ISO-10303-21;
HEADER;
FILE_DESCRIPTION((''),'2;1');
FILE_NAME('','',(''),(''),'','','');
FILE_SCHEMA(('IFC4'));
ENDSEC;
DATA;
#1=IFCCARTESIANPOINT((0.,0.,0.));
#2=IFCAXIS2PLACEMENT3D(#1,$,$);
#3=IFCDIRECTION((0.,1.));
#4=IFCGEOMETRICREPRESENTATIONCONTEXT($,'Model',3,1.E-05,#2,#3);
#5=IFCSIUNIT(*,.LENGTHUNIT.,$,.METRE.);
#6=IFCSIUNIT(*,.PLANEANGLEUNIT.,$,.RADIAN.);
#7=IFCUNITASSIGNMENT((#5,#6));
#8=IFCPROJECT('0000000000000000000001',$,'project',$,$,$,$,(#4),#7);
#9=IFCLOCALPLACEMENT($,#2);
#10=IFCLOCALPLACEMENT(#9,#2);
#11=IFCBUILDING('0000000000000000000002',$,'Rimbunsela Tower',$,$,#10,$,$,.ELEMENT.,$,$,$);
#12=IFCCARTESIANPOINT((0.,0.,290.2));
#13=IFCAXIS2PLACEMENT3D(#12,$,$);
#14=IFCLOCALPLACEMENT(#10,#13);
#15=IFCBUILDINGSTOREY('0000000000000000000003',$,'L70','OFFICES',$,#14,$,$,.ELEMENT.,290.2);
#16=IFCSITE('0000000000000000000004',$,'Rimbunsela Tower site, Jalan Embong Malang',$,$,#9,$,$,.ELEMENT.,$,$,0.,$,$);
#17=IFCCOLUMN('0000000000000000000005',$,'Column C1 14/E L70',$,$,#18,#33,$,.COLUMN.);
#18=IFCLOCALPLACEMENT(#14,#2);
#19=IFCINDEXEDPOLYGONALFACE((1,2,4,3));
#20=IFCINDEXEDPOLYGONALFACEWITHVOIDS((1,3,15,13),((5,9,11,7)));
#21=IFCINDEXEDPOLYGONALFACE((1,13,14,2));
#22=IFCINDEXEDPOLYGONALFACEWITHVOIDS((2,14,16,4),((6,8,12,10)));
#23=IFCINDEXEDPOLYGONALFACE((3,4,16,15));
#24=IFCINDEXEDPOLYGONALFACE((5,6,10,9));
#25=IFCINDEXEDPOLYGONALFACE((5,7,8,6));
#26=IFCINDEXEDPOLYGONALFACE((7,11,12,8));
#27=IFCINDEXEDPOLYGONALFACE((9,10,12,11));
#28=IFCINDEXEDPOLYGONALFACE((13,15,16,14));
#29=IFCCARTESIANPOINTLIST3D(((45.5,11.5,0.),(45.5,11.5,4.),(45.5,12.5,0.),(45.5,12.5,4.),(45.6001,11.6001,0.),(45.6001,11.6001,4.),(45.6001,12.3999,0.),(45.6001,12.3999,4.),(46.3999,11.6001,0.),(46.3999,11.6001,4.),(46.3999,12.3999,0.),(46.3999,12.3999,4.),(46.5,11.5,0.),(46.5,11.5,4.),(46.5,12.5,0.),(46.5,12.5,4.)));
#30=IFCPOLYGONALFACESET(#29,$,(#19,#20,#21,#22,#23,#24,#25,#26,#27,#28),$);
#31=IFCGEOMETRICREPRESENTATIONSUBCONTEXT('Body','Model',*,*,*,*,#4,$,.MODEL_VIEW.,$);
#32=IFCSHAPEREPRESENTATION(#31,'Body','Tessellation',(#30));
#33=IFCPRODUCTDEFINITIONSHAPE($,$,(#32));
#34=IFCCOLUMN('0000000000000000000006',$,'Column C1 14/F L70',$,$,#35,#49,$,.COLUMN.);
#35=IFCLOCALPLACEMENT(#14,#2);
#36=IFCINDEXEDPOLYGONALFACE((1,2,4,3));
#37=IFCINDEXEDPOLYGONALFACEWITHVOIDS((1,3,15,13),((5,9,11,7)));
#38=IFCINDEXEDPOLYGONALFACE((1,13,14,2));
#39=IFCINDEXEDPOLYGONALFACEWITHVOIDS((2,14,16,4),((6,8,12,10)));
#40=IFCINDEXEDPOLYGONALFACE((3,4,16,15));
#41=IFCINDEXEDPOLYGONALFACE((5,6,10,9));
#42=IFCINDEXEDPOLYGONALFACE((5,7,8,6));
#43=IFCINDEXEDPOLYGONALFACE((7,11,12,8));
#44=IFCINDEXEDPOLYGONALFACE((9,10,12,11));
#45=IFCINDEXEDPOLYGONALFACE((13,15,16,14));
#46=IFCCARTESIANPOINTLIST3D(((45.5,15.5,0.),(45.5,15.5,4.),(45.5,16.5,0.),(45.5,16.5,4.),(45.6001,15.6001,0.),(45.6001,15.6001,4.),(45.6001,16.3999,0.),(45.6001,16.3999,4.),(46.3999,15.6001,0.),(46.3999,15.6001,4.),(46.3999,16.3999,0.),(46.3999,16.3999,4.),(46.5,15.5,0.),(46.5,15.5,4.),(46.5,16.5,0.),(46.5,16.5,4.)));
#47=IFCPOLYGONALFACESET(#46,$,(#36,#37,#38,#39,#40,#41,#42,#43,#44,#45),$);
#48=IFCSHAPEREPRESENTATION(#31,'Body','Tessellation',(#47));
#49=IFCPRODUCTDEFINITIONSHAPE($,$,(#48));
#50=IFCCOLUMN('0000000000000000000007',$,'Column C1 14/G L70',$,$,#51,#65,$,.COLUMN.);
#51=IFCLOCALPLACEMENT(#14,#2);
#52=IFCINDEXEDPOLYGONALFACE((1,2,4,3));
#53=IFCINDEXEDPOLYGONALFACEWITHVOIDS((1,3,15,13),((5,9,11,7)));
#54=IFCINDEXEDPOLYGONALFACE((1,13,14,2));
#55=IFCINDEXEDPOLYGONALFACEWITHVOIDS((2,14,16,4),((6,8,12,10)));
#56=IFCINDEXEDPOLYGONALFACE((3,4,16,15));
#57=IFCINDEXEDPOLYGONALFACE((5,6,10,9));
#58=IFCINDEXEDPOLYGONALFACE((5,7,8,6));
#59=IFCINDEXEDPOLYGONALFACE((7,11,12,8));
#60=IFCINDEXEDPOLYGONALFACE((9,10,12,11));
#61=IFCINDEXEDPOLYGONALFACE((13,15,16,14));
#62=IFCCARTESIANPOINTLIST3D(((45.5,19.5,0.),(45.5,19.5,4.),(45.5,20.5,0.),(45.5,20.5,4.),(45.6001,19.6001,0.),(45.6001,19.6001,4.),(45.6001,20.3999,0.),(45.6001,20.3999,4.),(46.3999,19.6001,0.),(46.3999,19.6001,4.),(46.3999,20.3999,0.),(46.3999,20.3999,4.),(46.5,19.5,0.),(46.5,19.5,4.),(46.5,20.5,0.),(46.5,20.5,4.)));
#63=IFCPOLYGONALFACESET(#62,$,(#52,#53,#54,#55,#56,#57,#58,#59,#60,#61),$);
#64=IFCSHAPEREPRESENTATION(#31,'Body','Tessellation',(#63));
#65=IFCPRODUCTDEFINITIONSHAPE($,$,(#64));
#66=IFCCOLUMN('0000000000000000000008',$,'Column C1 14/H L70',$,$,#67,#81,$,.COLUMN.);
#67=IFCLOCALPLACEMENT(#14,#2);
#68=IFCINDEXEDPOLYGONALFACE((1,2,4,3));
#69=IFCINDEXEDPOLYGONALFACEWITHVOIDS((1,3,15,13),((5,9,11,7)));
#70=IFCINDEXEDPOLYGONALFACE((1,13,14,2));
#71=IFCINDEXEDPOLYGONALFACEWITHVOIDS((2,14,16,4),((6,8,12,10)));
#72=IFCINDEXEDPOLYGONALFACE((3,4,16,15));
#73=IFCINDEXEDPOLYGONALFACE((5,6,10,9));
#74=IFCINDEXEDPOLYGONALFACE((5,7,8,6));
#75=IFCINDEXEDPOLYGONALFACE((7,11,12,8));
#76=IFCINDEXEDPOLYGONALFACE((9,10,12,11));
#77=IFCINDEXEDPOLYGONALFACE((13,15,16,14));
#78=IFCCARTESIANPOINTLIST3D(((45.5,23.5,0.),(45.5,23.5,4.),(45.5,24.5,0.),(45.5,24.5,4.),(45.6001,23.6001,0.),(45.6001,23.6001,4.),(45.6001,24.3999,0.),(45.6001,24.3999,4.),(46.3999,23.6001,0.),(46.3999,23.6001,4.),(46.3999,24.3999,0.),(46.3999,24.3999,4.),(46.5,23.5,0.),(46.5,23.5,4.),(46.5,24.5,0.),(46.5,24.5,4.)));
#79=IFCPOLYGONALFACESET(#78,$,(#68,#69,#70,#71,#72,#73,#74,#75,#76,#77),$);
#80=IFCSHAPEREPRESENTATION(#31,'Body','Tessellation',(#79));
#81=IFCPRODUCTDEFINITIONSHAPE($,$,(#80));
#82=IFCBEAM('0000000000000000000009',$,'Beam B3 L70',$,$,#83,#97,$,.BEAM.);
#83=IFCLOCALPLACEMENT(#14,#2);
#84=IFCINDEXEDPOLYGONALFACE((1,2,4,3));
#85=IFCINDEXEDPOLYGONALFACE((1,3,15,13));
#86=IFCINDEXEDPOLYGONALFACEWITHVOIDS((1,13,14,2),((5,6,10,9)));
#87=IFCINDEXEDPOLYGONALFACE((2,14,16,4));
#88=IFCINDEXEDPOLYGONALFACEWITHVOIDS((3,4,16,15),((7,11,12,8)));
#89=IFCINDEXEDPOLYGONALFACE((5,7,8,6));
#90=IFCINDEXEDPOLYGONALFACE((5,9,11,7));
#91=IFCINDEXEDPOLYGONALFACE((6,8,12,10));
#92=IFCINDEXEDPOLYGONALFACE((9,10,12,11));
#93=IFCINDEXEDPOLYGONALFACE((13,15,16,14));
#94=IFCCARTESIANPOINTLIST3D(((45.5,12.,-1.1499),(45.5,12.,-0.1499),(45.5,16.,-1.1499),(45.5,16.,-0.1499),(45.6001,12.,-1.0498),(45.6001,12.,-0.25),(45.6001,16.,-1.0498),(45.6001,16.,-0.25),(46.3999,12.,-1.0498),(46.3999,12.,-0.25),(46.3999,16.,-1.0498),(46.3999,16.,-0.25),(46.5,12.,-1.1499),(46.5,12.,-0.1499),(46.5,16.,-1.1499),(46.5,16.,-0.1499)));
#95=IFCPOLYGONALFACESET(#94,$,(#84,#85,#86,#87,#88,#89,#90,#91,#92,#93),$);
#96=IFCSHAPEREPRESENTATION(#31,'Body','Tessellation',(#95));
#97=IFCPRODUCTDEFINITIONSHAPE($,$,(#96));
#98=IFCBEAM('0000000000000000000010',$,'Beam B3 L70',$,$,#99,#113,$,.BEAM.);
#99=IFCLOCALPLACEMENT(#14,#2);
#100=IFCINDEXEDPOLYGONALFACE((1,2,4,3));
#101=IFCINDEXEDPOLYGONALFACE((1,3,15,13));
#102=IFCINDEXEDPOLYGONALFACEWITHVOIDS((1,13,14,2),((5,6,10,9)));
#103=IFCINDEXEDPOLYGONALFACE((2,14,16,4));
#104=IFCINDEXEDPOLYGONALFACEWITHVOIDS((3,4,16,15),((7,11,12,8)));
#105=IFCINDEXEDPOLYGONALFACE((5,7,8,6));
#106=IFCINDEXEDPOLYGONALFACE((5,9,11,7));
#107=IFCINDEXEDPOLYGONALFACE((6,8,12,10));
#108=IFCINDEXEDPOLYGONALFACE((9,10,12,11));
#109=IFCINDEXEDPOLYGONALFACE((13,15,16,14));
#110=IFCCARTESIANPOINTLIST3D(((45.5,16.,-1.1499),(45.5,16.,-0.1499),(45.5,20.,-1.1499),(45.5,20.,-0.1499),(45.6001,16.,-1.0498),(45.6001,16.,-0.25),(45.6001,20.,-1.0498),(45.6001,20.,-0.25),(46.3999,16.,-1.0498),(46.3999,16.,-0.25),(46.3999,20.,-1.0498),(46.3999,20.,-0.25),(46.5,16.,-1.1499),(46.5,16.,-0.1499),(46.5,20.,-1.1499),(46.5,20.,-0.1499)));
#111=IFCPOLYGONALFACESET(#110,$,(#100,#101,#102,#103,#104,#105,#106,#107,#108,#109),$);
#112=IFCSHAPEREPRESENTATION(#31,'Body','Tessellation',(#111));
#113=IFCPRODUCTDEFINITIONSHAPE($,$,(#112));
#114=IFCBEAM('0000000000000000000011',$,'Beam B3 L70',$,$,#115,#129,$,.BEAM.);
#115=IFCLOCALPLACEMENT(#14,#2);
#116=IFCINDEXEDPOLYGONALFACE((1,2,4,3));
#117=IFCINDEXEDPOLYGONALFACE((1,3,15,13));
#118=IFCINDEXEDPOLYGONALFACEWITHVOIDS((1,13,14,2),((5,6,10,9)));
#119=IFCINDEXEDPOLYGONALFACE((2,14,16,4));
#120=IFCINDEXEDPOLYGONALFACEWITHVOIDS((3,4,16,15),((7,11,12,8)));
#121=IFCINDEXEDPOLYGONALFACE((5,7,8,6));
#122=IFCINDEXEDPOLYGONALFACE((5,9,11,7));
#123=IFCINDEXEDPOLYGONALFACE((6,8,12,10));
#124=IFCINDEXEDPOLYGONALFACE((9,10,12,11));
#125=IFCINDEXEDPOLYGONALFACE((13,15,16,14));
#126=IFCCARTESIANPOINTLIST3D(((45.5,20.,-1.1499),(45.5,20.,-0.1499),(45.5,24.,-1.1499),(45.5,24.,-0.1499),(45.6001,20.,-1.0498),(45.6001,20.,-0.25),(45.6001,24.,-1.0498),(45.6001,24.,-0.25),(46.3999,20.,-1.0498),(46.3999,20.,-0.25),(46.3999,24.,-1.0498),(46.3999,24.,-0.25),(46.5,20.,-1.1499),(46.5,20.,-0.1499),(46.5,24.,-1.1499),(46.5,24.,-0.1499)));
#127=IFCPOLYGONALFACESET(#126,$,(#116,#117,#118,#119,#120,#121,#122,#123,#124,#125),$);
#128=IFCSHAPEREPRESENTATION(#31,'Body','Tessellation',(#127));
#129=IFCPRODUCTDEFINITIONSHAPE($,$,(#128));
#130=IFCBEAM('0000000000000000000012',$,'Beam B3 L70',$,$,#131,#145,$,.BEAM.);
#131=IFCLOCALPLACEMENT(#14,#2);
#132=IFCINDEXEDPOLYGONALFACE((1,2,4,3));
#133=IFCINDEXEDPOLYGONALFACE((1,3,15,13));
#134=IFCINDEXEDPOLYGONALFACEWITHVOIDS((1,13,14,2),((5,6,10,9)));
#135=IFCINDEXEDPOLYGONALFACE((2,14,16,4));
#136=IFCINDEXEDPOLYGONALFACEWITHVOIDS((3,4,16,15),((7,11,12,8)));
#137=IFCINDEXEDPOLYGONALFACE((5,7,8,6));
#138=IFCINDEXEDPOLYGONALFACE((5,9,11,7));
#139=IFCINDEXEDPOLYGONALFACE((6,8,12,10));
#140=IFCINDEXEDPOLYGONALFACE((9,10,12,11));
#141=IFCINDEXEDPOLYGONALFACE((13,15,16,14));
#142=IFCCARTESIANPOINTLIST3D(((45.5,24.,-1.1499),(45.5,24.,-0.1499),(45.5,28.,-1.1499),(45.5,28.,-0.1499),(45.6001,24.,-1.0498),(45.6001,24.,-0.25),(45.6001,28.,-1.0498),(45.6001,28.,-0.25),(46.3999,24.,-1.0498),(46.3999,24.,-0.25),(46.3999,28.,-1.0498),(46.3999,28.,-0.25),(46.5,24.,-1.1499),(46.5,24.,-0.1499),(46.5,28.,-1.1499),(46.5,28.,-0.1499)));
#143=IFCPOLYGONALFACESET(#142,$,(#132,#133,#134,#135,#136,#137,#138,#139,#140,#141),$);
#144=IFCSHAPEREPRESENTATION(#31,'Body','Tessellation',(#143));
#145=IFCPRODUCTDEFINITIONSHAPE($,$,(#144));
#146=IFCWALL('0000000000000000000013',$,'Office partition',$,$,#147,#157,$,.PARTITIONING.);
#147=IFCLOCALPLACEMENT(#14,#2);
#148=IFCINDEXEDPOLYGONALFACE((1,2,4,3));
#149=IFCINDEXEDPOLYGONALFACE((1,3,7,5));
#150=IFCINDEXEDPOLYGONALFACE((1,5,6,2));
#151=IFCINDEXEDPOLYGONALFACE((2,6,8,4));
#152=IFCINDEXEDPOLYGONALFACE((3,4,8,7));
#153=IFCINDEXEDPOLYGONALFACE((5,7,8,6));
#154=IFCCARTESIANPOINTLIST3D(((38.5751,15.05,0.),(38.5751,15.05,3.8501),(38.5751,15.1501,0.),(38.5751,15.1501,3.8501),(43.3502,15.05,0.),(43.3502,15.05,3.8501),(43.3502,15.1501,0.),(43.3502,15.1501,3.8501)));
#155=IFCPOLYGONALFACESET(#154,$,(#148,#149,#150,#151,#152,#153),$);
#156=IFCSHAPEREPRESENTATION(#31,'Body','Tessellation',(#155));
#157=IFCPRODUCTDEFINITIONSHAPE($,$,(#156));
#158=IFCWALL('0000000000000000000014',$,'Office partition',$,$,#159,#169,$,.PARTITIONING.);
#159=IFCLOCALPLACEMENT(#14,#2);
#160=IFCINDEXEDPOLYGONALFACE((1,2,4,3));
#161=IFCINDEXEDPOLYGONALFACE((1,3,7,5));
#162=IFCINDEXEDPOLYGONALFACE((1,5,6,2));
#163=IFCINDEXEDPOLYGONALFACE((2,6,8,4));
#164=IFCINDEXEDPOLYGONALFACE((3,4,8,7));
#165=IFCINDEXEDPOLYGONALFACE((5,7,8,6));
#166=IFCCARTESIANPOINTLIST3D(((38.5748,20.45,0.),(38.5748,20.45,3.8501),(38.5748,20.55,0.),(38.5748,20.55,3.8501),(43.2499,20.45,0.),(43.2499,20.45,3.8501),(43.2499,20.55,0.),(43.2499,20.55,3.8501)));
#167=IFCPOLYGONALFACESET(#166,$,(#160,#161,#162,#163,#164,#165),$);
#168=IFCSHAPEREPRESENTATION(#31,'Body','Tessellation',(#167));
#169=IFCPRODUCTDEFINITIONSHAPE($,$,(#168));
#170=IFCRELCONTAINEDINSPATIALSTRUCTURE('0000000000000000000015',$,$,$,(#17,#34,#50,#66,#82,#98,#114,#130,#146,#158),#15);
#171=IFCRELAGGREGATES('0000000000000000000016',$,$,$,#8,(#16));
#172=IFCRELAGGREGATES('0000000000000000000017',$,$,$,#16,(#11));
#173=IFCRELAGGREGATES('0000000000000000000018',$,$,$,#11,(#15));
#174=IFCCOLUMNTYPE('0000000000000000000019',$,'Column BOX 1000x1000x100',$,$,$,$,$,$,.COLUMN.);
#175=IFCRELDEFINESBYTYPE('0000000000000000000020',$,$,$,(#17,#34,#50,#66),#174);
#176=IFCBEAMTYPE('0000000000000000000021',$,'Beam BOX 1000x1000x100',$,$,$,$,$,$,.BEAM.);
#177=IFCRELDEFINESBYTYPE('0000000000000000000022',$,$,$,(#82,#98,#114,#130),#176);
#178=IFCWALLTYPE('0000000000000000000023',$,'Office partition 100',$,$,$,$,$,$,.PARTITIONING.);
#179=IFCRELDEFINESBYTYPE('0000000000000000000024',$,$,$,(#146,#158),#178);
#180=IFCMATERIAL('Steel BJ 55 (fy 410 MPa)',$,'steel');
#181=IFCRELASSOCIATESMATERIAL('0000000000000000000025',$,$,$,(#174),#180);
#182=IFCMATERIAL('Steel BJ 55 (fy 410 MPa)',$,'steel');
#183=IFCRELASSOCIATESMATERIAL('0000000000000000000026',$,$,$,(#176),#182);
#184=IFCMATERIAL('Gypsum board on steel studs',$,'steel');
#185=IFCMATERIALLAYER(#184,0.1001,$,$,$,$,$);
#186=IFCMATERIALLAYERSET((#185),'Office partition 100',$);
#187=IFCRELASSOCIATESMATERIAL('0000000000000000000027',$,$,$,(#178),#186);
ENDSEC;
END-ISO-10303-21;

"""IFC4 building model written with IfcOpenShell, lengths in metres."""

from ifc_helpers import new_model, si_unit, direction, frame, frame_2d, origin, origin_2d, place, context, subcontext, project, spatial, rectangle, hollow_rectangle, extrude, material, layer, layer_set, material_profile, profile_set, type_object, element, save


model = new_model("IFC4")

# Units and contexts
model_context = context("Model", 3, precision=1e-05, world=origin(), true_north=direction((0.0, 1.0)))
body_context = subcontext(model_context, "Body", "Model", "MODEL_VIEW")
ifc_project = project(units=[si_unit("LENGTHUNIT", "METRE"), si_unit("PLANEANGLEUNIT", "RADIAN")], contexts=[model_context])

# Site, building, storey
site_placement = place(None, origin())
site = spatial("IfcSite", under=ifc_project, at=site_placement, Name="Rimbunsela Tower site, Jalan Embong Malang", CompositionType="ELEMENT", RefElevation=0.0)
building_placement = place(site_placement, origin())
building = spatial("IfcBuilding", under=site, at=building_placement, Name="Rimbunsela Tower", CompositionType="ELEMENT")
storey_placement = place(building_placement, frame((0.0, 0.0, 290.2)))
storey = spatial("IfcBuildingStorey", under=building, at=storey_placement, Name="L70", Description="OFFICES", CompositionType="ELEMENT", Elevation=290.2)

# Columns
ifc_material_1 = material(Name="Steel BJ 55 (fy 410 MPa)", Category="steel")
ifc_material_profile_1 = material_profile(ifc_material_1, hollow_rectangle(XDim=1.0, YDim=1.0, WallThickness=0.1001, at=origin_2d()), Name="BOX 1000x1000x100")
ifc_profile_set_1 = profile_set([ifc_material_profile_1], Name="Steel BJ 55 (fy 410 MPa)")
column_type = type_object("IfcColumnType", Name="Column BOX 1000x1000x100", PredefinedType="COLUMN", material=ifc_profile_set_1)
for number, where, z_axis, x_axis, name in (
    (1, (46.0, 12.0, 0.0), (0.0, 0.0, 1.0), (1.0, 0.0, 0.0), "Column C1 14/E L70"),
    (2, (46.0, 16.0, 0.0), (0.0, 0.0, 1.0), (1.0, 0.0, 0.0), "Column C1 14/F L70"),
    (3, (46.0, 20.0, 0.0), (0.0, 0.0, 1.0), (1.0, 0.0, 0.0), "Column C1 14/G L70"),
    (4, (46.0, 24.0, 0.0), (0.0, 0.0, 1.0), (1.0, 0.0, 0.0), "Column C1 14/H L70"),
):
    element("IfcColumn", number, at=place(storey_placement, frame(where, z_axis=z_axis, x_axis=x_axis)), inside=storey, type_object=column_type, Name=name, PredefinedType="COLUMN", context=body_context, shape_type="SweptSolid", body=[
        extrude(hollow_rectangle(XDim=1.0, YDim=1.0, WallThickness=0.1001, at=origin_2d()), origin(), (0.0, 0.0, 1.0), 4.0),
    ])

# Beams
ifc_material_2 = material(Name="Steel BJ 55 (fy 410 MPa)", Category="steel")
ifc_material_profile_2 = material_profile(ifc_material_2, hollow_rectangle(XDim=1.0, YDim=1.0, WallThickness=0.1001, at=origin_2d()), Name="BOX 1000x1000x100")
ifc_profile_set_2 = profile_set([ifc_material_profile_2], Name="Steel BJ 55 (fy 410 MPa)")
beam_type = type_object("IfcBeamType", Name="Beam BOX 1000x1000x100", PredefinedType="BEAM", material=ifc_profile_set_2)
for number, where, z_axis, x_axis, name in (
    (5, (46.0, 12.0, -0.6499), (0.0, 1.0, 0.0), (-1.0, 0.0, 0.0), "Beam B3 L70"),
    (6, (46.0, 16.0, -0.6499), (0.0, 1.0, 0.0), (-1.0, 0.0, 0.0), "Beam B3 L70"),
    (7, (46.0, 20.0, -0.6499), (0.0, 1.0, 0.0), (-1.0, 0.0, 0.0), "Beam B3 L70"),
    (8, (46.0, 24.0, -0.6499), (0.0, 1.0, 0.0), (-1.0, 0.0, 0.0), "Beam B3 L70"),
):
    element("IfcBeam", number, at=place(storey_placement, frame(where, z_axis=z_axis, x_axis=x_axis)), inside=storey, type_object=beam_type, Name=name, PredefinedType="BEAM", context=body_context, shape_type="SweptSolid", body=[
        extrude(hollow_rectangle(XDim=1.0, YDim=1.0, WallThickness=0.1001, at=origin_2d()), origin(), (0.0, 0.0, 1.0), 4.0),
    ])

# Walls
ifc_material_3 = material(Name="Gypsum board on steel studs", Category="steel")
ifc_layer_1 = layer(ifc_material_3, 0.1001)
ifc_layer_set_1 = layer_set([ifc_layer_1], Name="Office partition 100")
wall_type_1 = type_object("IfcWallType", Name="Office partition 100", PredefinedType="PARTITIONING", material=ifc_layer_set_1)
wall_1_placement = place(storey_placement, frame((38.575, 15.1001, 0.0), z_axis=(0.0, 0.0, 1.0), x_axis=(1.0, 0.0, 0.0)))
element("IfcWall", 9, at=wall_1_placement, inside=storey, type_object=wall_type_1, Name="Office partition", PredefinedType="PARTITIONING", context=body_context, shape_type="SweptSolid", body=[
    extrude(rectangle(XDim=4.7751, YDim=0.1001, at=frame_2d((2.3877, 0.0))), origin(), (0.0, 0.0, 1.0), 3.8501),
])
wall_2_placement = place(storey_placement, frame((38.575, 20.5, 0.0), z_axis=(0.0, 0.0, 1.0), x_axis=(1.0, 0.0, 0.0)))
element("IfcWall", 10, at=wall_2_placement, inside=storey, type_object=wall_type_1, Name="Office partition", PredefinedType="PARTITIONING", context=body_context, shape_type="SweptSolid", body=[
    extrude(rectangle(XDim=4.675, YDim=0.1001, at=frame_2d((2.3374, 0.0))), origin(), (0.0, 0.0, 1.0), 3.8501),
])

save(model, "model.ifc")
